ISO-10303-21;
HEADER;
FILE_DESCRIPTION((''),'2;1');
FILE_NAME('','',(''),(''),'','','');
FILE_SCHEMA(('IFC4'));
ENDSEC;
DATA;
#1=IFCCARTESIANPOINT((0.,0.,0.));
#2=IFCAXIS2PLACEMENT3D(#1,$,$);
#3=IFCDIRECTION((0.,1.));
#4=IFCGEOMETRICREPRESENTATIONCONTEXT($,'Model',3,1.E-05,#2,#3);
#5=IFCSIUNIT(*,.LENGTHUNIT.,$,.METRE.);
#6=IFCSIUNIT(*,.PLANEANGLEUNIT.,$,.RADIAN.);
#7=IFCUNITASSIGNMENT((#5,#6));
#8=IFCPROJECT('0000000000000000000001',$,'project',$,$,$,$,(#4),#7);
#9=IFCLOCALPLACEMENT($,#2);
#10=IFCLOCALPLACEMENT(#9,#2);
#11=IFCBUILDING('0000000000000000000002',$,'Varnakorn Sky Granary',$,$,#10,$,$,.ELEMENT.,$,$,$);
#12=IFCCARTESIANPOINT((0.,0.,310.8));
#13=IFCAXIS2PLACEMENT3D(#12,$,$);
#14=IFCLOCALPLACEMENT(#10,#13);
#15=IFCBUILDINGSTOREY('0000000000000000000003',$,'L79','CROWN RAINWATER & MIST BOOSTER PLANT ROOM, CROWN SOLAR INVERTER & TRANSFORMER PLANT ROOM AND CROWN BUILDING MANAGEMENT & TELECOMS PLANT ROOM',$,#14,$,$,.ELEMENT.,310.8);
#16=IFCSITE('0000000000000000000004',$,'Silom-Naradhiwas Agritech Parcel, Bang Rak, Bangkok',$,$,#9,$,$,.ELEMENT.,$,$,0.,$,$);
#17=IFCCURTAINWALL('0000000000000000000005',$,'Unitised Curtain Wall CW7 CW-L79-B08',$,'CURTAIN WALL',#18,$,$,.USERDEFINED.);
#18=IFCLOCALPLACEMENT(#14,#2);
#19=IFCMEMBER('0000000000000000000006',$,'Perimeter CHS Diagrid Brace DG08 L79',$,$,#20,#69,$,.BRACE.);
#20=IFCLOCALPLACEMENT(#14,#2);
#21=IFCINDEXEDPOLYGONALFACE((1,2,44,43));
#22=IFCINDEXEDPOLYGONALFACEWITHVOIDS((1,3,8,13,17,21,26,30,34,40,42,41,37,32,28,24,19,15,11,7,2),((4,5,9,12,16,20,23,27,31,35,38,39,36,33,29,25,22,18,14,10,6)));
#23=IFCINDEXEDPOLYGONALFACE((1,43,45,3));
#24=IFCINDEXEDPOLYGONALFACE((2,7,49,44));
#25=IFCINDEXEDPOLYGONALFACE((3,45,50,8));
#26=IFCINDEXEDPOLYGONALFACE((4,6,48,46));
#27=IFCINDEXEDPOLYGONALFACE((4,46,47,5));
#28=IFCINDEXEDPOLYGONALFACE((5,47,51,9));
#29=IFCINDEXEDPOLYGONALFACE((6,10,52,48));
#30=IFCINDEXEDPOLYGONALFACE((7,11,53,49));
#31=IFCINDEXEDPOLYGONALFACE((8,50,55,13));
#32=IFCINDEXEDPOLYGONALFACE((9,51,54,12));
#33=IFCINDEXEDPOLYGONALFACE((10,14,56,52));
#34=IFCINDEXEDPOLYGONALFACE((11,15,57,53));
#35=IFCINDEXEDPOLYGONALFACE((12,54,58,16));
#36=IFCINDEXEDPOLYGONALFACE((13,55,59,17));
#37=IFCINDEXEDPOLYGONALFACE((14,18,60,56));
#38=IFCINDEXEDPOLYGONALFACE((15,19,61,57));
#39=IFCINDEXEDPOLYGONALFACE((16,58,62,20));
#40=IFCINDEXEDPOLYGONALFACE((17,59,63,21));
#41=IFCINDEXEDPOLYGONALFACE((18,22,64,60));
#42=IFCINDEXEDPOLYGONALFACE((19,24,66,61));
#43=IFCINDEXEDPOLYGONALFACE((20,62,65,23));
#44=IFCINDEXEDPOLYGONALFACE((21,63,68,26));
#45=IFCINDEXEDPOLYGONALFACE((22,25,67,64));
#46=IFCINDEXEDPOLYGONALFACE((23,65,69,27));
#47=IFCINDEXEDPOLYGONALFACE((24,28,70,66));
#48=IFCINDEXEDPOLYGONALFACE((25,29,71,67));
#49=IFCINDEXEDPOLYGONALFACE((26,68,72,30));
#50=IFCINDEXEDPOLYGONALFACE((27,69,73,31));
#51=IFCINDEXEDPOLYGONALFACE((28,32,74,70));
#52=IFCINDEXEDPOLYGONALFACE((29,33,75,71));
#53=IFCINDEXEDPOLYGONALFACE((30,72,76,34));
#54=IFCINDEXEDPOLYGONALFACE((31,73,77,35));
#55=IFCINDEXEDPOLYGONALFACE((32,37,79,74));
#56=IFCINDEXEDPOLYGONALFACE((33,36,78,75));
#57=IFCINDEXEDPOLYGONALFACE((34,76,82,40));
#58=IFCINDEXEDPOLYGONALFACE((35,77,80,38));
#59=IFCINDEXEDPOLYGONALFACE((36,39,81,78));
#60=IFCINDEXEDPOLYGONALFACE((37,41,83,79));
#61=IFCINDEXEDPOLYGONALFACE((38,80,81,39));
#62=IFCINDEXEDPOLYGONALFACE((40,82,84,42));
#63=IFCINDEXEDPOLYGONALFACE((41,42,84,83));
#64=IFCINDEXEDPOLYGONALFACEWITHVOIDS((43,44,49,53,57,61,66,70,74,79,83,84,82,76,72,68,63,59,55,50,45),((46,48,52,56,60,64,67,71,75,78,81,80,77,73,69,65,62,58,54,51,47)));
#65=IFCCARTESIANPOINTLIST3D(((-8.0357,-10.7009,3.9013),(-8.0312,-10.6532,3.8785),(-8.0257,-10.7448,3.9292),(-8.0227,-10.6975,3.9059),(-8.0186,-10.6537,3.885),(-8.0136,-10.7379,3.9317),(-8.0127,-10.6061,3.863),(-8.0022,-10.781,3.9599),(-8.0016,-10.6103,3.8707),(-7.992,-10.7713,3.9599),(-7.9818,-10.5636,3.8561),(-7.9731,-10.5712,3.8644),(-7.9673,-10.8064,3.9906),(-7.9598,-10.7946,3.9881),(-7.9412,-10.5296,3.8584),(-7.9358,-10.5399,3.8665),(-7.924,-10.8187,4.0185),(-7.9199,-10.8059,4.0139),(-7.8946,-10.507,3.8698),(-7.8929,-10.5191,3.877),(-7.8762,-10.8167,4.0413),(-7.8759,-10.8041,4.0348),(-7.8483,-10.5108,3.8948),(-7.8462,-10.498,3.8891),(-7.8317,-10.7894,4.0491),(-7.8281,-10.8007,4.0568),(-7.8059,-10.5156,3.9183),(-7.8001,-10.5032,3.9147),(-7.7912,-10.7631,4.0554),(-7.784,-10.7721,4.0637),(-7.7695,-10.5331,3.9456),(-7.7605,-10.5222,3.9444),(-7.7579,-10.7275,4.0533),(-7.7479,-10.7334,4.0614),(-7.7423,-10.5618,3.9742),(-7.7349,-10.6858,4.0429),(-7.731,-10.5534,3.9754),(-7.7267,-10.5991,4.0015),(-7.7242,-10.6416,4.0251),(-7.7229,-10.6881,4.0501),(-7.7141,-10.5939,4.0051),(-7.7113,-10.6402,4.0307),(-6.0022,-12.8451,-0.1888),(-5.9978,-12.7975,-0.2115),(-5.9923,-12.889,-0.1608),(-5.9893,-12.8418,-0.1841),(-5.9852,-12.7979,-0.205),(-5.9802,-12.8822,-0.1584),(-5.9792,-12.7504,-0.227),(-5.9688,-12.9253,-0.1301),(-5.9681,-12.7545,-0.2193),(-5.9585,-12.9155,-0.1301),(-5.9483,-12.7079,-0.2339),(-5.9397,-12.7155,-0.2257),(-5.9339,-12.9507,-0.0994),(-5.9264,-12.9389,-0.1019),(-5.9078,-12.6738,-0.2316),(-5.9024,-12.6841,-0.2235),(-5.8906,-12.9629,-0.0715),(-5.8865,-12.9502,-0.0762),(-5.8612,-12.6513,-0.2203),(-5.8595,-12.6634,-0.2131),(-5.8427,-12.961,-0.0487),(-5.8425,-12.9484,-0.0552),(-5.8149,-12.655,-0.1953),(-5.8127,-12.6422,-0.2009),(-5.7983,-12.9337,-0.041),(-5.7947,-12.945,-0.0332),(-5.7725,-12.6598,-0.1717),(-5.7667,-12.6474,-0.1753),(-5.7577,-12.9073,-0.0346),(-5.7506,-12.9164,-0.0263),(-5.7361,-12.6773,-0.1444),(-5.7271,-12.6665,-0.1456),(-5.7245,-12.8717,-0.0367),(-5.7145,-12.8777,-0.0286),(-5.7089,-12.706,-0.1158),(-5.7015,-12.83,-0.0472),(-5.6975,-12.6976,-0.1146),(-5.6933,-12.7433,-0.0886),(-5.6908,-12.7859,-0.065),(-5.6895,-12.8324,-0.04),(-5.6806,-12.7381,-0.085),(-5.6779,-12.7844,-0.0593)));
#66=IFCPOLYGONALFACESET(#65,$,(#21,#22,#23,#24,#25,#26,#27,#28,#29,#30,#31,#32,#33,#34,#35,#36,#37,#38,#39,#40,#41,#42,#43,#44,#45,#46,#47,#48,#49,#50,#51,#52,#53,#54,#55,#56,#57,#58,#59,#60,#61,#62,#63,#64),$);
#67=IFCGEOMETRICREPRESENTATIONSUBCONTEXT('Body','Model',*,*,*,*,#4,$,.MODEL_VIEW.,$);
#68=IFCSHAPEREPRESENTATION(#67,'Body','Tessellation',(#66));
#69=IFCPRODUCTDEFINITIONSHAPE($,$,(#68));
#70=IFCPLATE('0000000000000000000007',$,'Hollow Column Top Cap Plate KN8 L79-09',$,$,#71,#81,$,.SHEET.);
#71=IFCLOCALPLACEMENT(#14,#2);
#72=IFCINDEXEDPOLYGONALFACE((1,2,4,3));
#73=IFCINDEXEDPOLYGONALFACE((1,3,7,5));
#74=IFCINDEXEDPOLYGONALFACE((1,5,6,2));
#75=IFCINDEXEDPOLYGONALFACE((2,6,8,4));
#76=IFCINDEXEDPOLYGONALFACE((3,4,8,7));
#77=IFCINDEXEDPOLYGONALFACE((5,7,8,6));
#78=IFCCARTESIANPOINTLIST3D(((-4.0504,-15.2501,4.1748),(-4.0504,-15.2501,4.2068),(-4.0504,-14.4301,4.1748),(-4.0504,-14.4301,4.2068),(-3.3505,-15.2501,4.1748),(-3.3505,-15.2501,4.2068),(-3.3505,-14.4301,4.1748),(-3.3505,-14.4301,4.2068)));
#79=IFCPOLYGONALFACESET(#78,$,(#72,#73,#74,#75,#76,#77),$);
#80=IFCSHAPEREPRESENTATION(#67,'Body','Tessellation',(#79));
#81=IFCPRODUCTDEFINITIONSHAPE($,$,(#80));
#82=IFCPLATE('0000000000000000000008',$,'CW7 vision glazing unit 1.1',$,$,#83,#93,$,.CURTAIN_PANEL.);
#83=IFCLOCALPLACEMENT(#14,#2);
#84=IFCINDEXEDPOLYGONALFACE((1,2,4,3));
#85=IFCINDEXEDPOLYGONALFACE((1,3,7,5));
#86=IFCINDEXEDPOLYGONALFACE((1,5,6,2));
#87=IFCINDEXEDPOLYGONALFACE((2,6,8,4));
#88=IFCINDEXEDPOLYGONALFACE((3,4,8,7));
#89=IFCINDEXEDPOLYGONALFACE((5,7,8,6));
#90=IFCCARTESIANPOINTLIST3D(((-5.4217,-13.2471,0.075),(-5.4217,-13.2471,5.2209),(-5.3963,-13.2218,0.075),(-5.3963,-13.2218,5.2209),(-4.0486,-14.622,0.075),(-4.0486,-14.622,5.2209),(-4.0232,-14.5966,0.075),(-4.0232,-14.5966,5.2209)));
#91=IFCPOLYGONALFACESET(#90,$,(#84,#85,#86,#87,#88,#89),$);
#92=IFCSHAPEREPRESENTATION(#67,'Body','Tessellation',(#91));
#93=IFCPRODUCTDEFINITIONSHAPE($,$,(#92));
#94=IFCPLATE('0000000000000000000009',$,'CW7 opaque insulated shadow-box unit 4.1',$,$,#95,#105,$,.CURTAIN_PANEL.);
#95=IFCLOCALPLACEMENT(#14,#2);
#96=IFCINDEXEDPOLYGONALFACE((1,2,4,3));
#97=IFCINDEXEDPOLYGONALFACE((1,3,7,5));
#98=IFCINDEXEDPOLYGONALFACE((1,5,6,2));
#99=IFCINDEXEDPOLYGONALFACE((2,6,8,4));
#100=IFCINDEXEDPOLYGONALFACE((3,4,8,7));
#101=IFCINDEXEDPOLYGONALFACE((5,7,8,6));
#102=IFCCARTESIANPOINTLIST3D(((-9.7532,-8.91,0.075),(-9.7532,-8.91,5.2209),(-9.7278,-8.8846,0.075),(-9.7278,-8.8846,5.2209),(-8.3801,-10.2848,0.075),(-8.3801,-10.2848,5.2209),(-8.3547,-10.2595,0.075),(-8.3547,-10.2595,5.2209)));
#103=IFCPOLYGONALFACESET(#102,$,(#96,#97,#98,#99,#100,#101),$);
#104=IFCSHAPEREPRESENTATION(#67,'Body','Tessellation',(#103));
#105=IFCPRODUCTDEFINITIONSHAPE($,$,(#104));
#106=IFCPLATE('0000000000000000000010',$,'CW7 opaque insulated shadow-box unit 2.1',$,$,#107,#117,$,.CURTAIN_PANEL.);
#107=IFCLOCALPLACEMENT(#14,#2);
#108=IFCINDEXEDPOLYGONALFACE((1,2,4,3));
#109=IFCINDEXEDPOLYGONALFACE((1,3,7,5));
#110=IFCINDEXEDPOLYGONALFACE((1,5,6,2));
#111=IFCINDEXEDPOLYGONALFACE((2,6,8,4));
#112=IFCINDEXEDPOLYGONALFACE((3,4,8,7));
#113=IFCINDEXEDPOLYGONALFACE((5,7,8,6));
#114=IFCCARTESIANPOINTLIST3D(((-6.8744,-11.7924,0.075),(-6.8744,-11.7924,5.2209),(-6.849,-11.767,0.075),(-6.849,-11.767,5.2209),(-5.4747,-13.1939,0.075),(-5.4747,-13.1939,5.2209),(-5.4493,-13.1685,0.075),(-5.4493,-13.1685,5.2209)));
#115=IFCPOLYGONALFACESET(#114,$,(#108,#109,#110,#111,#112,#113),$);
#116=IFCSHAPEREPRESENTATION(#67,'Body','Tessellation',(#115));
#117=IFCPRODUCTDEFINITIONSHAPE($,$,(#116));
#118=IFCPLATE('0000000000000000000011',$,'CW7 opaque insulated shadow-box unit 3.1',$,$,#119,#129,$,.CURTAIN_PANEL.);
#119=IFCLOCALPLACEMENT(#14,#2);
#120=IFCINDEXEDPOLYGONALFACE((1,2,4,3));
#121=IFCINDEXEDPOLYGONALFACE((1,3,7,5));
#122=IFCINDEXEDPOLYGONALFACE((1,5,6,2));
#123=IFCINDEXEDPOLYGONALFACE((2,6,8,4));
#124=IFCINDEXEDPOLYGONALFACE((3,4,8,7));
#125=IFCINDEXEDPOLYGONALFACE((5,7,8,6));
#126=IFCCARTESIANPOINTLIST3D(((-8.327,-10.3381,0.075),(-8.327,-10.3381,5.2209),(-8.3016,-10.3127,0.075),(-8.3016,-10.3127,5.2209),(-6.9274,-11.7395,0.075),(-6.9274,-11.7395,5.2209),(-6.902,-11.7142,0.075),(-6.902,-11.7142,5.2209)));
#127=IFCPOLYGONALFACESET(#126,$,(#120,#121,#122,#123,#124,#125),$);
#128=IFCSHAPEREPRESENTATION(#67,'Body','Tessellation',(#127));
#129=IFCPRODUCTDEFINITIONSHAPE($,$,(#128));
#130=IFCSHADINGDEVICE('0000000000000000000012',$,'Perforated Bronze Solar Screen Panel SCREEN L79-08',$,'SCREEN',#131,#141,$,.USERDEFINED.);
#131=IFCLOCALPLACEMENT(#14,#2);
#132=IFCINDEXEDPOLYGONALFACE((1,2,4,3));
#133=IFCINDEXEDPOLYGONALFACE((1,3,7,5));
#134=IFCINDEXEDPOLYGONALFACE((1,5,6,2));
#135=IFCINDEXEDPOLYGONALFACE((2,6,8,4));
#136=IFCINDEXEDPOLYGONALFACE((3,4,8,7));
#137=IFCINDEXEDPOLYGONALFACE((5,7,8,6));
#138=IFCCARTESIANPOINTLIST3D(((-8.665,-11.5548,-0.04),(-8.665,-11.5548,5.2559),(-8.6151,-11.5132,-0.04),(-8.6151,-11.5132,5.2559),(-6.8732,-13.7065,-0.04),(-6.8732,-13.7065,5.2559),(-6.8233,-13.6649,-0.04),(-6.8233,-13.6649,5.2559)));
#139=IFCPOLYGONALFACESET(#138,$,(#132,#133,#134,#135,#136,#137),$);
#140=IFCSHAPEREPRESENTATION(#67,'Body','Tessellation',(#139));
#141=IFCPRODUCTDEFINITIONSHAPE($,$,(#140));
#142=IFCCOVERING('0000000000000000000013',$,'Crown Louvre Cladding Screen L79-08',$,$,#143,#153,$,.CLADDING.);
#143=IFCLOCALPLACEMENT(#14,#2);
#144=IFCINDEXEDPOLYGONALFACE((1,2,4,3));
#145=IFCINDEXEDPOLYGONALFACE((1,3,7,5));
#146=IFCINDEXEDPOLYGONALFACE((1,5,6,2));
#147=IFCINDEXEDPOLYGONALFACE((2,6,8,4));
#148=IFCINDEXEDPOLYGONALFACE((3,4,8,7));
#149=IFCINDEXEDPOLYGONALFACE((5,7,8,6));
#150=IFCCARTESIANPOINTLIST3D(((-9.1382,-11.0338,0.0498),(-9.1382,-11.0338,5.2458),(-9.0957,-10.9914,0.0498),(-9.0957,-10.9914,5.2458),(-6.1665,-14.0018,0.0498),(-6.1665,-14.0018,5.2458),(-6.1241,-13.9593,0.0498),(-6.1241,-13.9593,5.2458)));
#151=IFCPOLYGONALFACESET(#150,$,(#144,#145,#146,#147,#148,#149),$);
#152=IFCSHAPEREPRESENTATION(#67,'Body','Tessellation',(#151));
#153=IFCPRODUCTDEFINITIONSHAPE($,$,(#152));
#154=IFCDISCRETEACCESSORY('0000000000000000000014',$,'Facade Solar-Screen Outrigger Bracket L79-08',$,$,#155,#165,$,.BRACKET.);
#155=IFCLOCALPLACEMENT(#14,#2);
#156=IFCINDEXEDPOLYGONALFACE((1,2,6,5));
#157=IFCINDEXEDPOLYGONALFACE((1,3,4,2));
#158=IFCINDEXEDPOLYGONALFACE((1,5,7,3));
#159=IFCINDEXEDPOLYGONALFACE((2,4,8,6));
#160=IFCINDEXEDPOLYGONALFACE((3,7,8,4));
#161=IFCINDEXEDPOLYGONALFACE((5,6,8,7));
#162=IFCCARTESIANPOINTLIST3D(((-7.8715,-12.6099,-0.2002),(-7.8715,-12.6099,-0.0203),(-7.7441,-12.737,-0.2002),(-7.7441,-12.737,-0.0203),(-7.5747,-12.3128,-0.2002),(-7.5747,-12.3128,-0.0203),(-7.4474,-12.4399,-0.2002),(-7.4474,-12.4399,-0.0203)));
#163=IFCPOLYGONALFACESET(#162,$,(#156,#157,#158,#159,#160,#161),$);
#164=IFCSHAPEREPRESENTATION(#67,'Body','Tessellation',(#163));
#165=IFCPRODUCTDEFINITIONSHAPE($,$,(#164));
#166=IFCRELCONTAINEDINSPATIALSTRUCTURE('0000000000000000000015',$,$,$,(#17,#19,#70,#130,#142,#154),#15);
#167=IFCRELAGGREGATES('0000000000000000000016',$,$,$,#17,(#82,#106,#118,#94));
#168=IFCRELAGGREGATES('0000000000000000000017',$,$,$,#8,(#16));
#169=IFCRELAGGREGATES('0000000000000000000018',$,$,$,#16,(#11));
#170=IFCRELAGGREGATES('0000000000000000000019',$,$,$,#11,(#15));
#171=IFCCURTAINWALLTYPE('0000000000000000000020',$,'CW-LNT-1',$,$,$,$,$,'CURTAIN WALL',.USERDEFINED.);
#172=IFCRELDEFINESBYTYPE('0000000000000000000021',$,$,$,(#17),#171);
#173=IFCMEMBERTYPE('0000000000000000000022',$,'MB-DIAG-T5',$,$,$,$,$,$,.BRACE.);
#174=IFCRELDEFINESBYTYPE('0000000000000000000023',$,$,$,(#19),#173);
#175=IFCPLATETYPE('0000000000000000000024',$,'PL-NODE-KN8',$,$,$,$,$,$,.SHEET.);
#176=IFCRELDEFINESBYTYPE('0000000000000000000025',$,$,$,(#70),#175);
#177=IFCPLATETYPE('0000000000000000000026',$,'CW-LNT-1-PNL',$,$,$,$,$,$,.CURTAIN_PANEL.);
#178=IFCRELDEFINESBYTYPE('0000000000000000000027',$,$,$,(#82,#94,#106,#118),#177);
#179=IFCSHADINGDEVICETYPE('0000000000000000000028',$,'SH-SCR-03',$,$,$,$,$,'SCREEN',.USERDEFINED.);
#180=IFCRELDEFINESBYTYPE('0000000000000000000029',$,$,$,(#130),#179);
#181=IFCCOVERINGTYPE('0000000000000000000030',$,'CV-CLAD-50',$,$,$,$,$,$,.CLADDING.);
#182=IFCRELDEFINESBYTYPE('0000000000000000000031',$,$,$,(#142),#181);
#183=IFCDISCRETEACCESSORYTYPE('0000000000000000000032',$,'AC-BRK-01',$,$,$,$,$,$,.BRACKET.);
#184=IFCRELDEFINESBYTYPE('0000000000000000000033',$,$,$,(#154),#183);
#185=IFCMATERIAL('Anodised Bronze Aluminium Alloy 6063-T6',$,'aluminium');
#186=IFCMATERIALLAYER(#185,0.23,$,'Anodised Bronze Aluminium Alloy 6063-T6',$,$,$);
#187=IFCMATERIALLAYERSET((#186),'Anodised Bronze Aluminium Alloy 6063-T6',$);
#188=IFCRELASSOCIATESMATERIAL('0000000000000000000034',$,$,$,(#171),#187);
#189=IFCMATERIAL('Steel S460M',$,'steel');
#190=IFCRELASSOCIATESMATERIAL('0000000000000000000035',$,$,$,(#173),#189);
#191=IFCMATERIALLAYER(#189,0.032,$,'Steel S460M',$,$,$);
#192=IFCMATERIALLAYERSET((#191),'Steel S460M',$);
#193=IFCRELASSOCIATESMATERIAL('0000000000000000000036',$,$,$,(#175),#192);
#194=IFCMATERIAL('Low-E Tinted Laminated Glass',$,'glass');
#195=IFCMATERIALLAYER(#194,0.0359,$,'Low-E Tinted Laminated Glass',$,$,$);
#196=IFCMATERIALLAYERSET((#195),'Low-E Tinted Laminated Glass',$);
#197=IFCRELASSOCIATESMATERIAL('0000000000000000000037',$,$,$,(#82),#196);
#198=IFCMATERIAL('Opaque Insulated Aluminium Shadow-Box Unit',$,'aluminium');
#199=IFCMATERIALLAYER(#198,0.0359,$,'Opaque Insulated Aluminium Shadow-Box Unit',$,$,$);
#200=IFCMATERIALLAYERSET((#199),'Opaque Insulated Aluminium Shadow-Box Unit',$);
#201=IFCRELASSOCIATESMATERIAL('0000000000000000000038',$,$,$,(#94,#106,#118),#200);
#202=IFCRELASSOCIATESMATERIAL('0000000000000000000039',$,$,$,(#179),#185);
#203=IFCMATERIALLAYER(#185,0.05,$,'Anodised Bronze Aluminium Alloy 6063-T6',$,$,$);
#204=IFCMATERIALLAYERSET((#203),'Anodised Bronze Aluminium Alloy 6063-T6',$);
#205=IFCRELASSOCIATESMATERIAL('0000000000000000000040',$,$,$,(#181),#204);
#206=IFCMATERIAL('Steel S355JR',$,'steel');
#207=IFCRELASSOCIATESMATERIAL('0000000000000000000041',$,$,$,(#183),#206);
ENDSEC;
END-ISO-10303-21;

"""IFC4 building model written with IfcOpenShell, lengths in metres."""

from ifc_helpers import new_model, si_unit, direction, frame, origin, origin_2d, place, context, subcontext, project, spatial, rectangle, hollow_circle, extrude, source, transform, mapped, material, layer, layer_set, material_profile, profile_set, type_object, type_shapes, element, aggregate, save


model = new_model("IFC4")

# Units and contexts
model_context = context("Model", 3, precision=1e-05, world=origin(), true_north=direction((0.0, 1.0)))
body_context = subcontext(model_context, "Body", "Model", "MODEL_VIEW")
ifc_project = project(units=[si_unit("LENGTHUNIT", "METRE"), si_unit("PLANEANGLEUNIT", "RADIAN")], contexts=[model_context])

# Site, building, storey
site_placement = place(None, origin())
site = spatial("IfcSite", under=ifc_project, at=site_placement, Name="Silom-Naradhiwas Agritech Parcel, Bang Rak, Bangkok", CompositionType="ELEMENT", RefElevation=0.0)
building_placement = place(site_placement, origin())
building = spatial("IfcBuilding", under=site, at=building_placement, Name="Varnakorn Sky Granary", CompositionType="ELEMENT")
storey_placement = place(building_placement, frame((0.0, 0.0, 310.8)))
storey = spatial("IfcBuildingStorey", under=building, at=storey_placement, Name="L79", Description="CROWN RAINWATER & MIST BOOSTER PLANT ROOM, CROWN SOLAR INVERTER & TRANSFORMER PLANT ROOM AND CROWN BUILDING MANAGEMENT & TELECOMS PLANT ROOM", CompositionType="ELEMENT", Elevation=310.8)

# Shared definitions
ifc_material_1 = material(Name="Steel S460M", Category="steel")

# Shared definitions
ifc_material_2 = material(Name="Steel S355JR", Category="steel")

# Curtain wall
ifc_material_3 = material(Name="Anodised Bronze Aluminium Alloy 6063-T6", Category="aluminium")
ifc_layer_1 = layer(ifc_material_3, 0.23, Name="Anodised Bronze Aluminium Alloy 6063-T6")
ifc_layer_set_1 = layer_set([ifc_layer_1], Name="Anodised Bronze Aluminium Alloy 6063-T6")
curtain_wall_type = type_object("IfcCurtainWallType", Name="CW-LNT-1", ElementType="CURTAIN WALL", PredefinedType="USERDEFINED", material=ifc_layer_set_1)
curtain_wall_1_placement = place(storey_placement, origin())
curtain_wall_1 = element("IfcCurtainWall", 1, at=curtain_wall_1_placement, inside=storey, type_object=curtain_wall_type, Name="Unitised Curtain Wall CW7 CW-L79-B08", ObjectType="CURTAIN WALL", PredefinedType="USERDEFINED")

# Member
ifc_material_profile_1 = material_profile(ifc_material_1, hollow_circle(Radius=0.1777, WallThickness=0.0142, at=origin_2d()), Name="CHS 355.6x14")
ifc_profile_set_1 = profile_set([ifc_material_profile_1], Name="Steel S460M")
member_type_1 = type_object("IfcMemberType", Name="MB-DIAG-T5", PredefinedType="BRACE", material=ifc_profile_set_1)
member_1_placement = place(storey_placement, frame((-5.8398, -12.803, -0.1301), z_axis=(-0.402985, 0.424951, 0.810567), x_axis=(-0.725612, -0.688104, 0.0)))
element("IfcMember", 2, at=member_1_placement, inside=storey, type_object=member_type_1, Name="Perimeter CHS Diagrid Brace DG08 L79", PredefinedType="BRACE", context=body_context, shape_type="SweptSolid", body=[
    extrude(hollow_circle(Radius=0.1777, WallThickness=0.0142, at=origin_2d()), origin(), (0.0, 0.0, 1.0), 5.0459),
])

# Plates
ifc_layer_2 = layer(ifc_material_1, 0.032, Name="Steel S460M")
ifc_layer_set_2 = layer_set([ifc_layer_2], Name="Steel S460M")
plate_type_1 = type_object("IfcPlateType", Name="PL-NODE-KN8", PredefinedType="SHEET", material=ifc_layer_set_2)
plate_1_placement = place(storey_placement, frame((-3.7004, -14.8401, 4.1748), z_axis=(0.0, 0.0, 1.0), x_axis=(1.0, 0.0, 0.0)))
element("IfcPlate", 3, at=plate_1_placement, inside=storey, type_object=plate_type_1, Name="Hollow Column Top Cap Plate KN8 L79-09", PredefinedType="SHEET", context=body_context, shape_type="SweptSolid", body=[
    extrude(rectangle(XDim=0.7, YDim=0.8201, at=origin_2d()), origin(), (0.0, 0.0, 1.0), 0.032),
])
ifc_material_4 = material(Name="Low-E Tinted Laminated Glass", Category="glass")
ifc_layer_3 = layer(ifc_material_4, 0.0359, Name="Low-E Tinted Laminated Glass")
ifc_layer_set_3 = layer_set([ifc_layer_3], Name="Low-E Tinted Laminated Glass")
plate_type_2 = type_object("IfcPlateType", Name="CW-LNT-1-PNL", PredefinedType="CURTAIN_PANEL")
shared_shape_1 = source(origin(), body_context, "Body", "SweptSolid", [
    extrude(rectangle(XDim=1.9431, YDim=0.0359, at=origin_2d()), origin(), (0.0, 0.0, 1.0), 5.146),
])
plate_2_placement = place(storey_placement, frame((-4.7224, -13.9219, 0.075), z_axis=(0.0, 0.0, 1.0), x_axis=(-0.706651, 0.707563, 0.0)))
plate_2 = element("IfcPlate", 4, at=plate_2_placement, type_object=plate_type_2, material=ifc_layer_set_3, Name="CW7 vision glazing unit 1.1", PredefinedType="CURTAIN_PANEL", context=body_context, shape_type="MappedRepresentation", body=[
    mapped(shared_shape_1, transform((0.0, 0.0, 0.0), x_axis=(1.0, 0.0, 0.0), y_axis=(0.0, 1.0, 0.0), z_axis=(0.0, 0.0, 1.0), scale=1.0)),
])
ifc_material_5 = material(Name="Opaque Insulated Aluminium Shadow-Box Unit", Category="aluminium")
ifc_layer_4 = layer(ifc_material_5, 0.0359, Name="Opaque Insulated Aluminium Shadow-Box Unit")
ifc_layer_set_4 = layer_set([ifc_layer_4], Name="Opaque Insulated Aluminium Shadow-Box Unit")
plate_3_placement = place(storey_placement, frame((-9.054, -9.5847, 0.075), z_axis=(0.0, 0.0, 1.0), x_axis=(-0.706651, 0.707563, 0.0)))
plate_3 = element("IfcPlate", 5, at=plate_3_placement, type_object=plate_type_2, material=ifc_layer_set_4, Name="CW7 opaque insulated shadow-box unit 4.1", PredefinedType="CURTAIN_PANEL", context=body_context, shape_type="MappedRepresentation", body=[
    mapped(shared_shape_1, transform((0.0, 0.0, 0.0), x_axis=(1.0, 0.0, 0.0), y_axis=(0.0, 1.0, 0.0), z_axis=(0.0, 0.0, 1.0), scale=1.0)),
])
shared_shape_2 = source(origin(), body_context, "Body", "SweptSolid", [
    extrude(rectangle(XDim=1.9807, YDim=0.0359, at=origin_2d()), origin(), (0.0, 0.0, 1.0), 5.146),
])
type_shapes(plate_type_2, [shared_shape_1, shared_shape_2])
plate_4_placement = place(storey_placement, frame((-6.1619, -12.4805, 0.075), z_axis=(0.0, 0.0, 1.0), x_axis=(-0.706651, 0.707563, 0.0)))
plate_4 = element("IfcPlate", 6, at=plate_4_placement, type_object=plate_type_2, material=ifc_layer_set_4, Name="CW7 opaque insulated shadow-box unit 2.1", PredefinedType="CURTAIN_PANEL", context=body_context, shape_type="MappedRepresentation", body=[
    mapped(shared_shape_2, transform((0.0, 0.0, 0.0), x_axis=(1.0, 0.0, 0.0), y_axis=(0.0, 1.0, 0.0), z_axis=(0.0, 0.0, 1.0), scale=1.0)),
])
plate_5_placement = place(storey_placement, frame((-7.6145, -11.0261, 0.075), z_axis=(0.0, 0.0, 1.0), x_axis=(-0.706651, 0.707563, 0.0)))
plate_5 = element("IfcPlate", 7, at=plate_5_placement, type_object=plate_type_2, material=ifc_layer_set_4, Name="CW7 opaque insulated shadow-box unit 3.1", PredefinedType="CURTAIN_PANEL", context=body_context, shape_type="MappedRepresentation", body=[
    mapped(shared_shape_2, transform((0.0, 0.0, 0.0), x_axis=(1.0, 0.0, 0.0), y_axis=(0.0, 1.0, 0.0), z_axis=(0.0, 0.0, 1.0), scale=1.0)),
])
aggregate(curtain_wall_1, [plate_2, plate_4, plate_5, plate_3])

# Shading device
shading_device_type = type_object("IfcShadingDeviceType", Name="SH-SCR-03", ElementType="SCREEN", PredefinedType="USERDEFINED", material=ifc_material_3)
shared_shape_3 = source(origin(), body_context, "Body", "SweptSolid", [
    extrude(rectangle(XDim=2.8, YDim=0.0649, at=origin_2d()), origin(), (0.0, 0.0, 1.0), 5.2959),
])
type_shapes(shading_device_type, [shared_shape_3])
shading_device_placement = place(storey_placement, frame((-7.7441, -12.6099, -0.04), z_axis=(0.0, 0.0, 1.0), x_axis=(0.639918, -0.768443, 0.0)))
element("IfcShadingDevice", 8, at=shading_device_placement, inside=storey, type_object=shading_device_type, Name="Perforated Bronze Solar Screen Panel SCREEN L79-08", ObjectType="SCREEN", PredefinedType="USERDEFINED", context=body_context, shape_type="MappedRepresentation", body=[
    mapped(shared_shape_3, transform((0.0, 0.0, 0.0), x_axis=(1.0, 0.0, 0.0), y_axis=(0.0, 1.0, 0.0), z_axis=(0.0, 0.0, 1.0), scale=1.0)),
])

# Covering
ifc_layer_5 = layer(ifc_material_3, 0.05, Name="Anodised Bronze Aluminium Alloy 6063-T6")
ifc_layer_set_5 = layer_set([ifc_layer_5], Name="Anodised Bronze Aluminium Alloy 6063-T6")
covering_type = type_object("IfcCoveringType", Name="CV-CLAD-50", PredefinedType="CLADDING", material=ifc_layer_set_5)
shared_shape_4 = source(origin(), body_context, "Body", "SweptSolid", [
    extrude(rectangle(XDim=4.2, YDim=0.0601, at=origin_2d()), origin(), (0.0, 0.0, 1.0), 5.196),
])
type_shapes(covering_type, [shared_shape_4])
covering_placement = place(storey_placement, frame((-7.6311, -12.4966, 0.0498), z_axis=(0.0, 0.0, 1.0), x_axis=(0.707547, -0.706666, 0.0)))
element("IfcCovering", 9, at=covering_placement, inside=storey, type_object=covering_type, Name="Crown Louvre Cladding Screen L79-08", PredefinedType="CLADDING", context=body_context, shape_type="MappedRepresentation", body=[
    mapped(shared_shape_4, transform((0.0, 0.0, 0.0), x_axis=(1.0, 0.0, 0.0), y_axis=(0.0, 1.0, 0.0), z_axis=(0.0, 0.0, 1.0), scale=1.0)),
])

# Discrete accessory
discrete_accessory_type = type_object("IfcDiscreteAccessoryType", Name="AC-BRK-01", PredefinedType="BRACKET", material=ifc_material_2)
shared_shape_5 = source(origin(), body_context, "Body", "SweptSolid", [
    extrude(rectangle(XDim=0.1799, YDim=0.4199, at=origin_2d()), origin(), (0.0, 0.0, 1.0), 0.1799),
])
type_shapes(discrete_accessory_type, [shared_shape_5])
discrete_accessory_placement = place(storey_placement, frame((-7.6594, -12.5249, -0.2002), z_axis=(0.0, 0.0, 1.0), x_axis=(0.707547, -0.706666, 0.0)))
element("IfcDiscreteAccessory", 10, at=discrete_accessory_placement, inside=storey, type_object=discrete_accessory_type, Name="Facade Solar-Screen Outrigger Bracket L79-08", PredefinedType="BRACKET", context=body_context, shape_type="MappedRepresentation", body=[
    mapped(shared_shape_5, transform((0.0, 0.0, 0.0), x_axis=(1.0, 0.0, 0.0), y_axis=(0.0, 1.0, 0.0), z_axis=(0.0, 0.0, 1.0), scale=1.0)),
])

save(model, "model.ifc")
